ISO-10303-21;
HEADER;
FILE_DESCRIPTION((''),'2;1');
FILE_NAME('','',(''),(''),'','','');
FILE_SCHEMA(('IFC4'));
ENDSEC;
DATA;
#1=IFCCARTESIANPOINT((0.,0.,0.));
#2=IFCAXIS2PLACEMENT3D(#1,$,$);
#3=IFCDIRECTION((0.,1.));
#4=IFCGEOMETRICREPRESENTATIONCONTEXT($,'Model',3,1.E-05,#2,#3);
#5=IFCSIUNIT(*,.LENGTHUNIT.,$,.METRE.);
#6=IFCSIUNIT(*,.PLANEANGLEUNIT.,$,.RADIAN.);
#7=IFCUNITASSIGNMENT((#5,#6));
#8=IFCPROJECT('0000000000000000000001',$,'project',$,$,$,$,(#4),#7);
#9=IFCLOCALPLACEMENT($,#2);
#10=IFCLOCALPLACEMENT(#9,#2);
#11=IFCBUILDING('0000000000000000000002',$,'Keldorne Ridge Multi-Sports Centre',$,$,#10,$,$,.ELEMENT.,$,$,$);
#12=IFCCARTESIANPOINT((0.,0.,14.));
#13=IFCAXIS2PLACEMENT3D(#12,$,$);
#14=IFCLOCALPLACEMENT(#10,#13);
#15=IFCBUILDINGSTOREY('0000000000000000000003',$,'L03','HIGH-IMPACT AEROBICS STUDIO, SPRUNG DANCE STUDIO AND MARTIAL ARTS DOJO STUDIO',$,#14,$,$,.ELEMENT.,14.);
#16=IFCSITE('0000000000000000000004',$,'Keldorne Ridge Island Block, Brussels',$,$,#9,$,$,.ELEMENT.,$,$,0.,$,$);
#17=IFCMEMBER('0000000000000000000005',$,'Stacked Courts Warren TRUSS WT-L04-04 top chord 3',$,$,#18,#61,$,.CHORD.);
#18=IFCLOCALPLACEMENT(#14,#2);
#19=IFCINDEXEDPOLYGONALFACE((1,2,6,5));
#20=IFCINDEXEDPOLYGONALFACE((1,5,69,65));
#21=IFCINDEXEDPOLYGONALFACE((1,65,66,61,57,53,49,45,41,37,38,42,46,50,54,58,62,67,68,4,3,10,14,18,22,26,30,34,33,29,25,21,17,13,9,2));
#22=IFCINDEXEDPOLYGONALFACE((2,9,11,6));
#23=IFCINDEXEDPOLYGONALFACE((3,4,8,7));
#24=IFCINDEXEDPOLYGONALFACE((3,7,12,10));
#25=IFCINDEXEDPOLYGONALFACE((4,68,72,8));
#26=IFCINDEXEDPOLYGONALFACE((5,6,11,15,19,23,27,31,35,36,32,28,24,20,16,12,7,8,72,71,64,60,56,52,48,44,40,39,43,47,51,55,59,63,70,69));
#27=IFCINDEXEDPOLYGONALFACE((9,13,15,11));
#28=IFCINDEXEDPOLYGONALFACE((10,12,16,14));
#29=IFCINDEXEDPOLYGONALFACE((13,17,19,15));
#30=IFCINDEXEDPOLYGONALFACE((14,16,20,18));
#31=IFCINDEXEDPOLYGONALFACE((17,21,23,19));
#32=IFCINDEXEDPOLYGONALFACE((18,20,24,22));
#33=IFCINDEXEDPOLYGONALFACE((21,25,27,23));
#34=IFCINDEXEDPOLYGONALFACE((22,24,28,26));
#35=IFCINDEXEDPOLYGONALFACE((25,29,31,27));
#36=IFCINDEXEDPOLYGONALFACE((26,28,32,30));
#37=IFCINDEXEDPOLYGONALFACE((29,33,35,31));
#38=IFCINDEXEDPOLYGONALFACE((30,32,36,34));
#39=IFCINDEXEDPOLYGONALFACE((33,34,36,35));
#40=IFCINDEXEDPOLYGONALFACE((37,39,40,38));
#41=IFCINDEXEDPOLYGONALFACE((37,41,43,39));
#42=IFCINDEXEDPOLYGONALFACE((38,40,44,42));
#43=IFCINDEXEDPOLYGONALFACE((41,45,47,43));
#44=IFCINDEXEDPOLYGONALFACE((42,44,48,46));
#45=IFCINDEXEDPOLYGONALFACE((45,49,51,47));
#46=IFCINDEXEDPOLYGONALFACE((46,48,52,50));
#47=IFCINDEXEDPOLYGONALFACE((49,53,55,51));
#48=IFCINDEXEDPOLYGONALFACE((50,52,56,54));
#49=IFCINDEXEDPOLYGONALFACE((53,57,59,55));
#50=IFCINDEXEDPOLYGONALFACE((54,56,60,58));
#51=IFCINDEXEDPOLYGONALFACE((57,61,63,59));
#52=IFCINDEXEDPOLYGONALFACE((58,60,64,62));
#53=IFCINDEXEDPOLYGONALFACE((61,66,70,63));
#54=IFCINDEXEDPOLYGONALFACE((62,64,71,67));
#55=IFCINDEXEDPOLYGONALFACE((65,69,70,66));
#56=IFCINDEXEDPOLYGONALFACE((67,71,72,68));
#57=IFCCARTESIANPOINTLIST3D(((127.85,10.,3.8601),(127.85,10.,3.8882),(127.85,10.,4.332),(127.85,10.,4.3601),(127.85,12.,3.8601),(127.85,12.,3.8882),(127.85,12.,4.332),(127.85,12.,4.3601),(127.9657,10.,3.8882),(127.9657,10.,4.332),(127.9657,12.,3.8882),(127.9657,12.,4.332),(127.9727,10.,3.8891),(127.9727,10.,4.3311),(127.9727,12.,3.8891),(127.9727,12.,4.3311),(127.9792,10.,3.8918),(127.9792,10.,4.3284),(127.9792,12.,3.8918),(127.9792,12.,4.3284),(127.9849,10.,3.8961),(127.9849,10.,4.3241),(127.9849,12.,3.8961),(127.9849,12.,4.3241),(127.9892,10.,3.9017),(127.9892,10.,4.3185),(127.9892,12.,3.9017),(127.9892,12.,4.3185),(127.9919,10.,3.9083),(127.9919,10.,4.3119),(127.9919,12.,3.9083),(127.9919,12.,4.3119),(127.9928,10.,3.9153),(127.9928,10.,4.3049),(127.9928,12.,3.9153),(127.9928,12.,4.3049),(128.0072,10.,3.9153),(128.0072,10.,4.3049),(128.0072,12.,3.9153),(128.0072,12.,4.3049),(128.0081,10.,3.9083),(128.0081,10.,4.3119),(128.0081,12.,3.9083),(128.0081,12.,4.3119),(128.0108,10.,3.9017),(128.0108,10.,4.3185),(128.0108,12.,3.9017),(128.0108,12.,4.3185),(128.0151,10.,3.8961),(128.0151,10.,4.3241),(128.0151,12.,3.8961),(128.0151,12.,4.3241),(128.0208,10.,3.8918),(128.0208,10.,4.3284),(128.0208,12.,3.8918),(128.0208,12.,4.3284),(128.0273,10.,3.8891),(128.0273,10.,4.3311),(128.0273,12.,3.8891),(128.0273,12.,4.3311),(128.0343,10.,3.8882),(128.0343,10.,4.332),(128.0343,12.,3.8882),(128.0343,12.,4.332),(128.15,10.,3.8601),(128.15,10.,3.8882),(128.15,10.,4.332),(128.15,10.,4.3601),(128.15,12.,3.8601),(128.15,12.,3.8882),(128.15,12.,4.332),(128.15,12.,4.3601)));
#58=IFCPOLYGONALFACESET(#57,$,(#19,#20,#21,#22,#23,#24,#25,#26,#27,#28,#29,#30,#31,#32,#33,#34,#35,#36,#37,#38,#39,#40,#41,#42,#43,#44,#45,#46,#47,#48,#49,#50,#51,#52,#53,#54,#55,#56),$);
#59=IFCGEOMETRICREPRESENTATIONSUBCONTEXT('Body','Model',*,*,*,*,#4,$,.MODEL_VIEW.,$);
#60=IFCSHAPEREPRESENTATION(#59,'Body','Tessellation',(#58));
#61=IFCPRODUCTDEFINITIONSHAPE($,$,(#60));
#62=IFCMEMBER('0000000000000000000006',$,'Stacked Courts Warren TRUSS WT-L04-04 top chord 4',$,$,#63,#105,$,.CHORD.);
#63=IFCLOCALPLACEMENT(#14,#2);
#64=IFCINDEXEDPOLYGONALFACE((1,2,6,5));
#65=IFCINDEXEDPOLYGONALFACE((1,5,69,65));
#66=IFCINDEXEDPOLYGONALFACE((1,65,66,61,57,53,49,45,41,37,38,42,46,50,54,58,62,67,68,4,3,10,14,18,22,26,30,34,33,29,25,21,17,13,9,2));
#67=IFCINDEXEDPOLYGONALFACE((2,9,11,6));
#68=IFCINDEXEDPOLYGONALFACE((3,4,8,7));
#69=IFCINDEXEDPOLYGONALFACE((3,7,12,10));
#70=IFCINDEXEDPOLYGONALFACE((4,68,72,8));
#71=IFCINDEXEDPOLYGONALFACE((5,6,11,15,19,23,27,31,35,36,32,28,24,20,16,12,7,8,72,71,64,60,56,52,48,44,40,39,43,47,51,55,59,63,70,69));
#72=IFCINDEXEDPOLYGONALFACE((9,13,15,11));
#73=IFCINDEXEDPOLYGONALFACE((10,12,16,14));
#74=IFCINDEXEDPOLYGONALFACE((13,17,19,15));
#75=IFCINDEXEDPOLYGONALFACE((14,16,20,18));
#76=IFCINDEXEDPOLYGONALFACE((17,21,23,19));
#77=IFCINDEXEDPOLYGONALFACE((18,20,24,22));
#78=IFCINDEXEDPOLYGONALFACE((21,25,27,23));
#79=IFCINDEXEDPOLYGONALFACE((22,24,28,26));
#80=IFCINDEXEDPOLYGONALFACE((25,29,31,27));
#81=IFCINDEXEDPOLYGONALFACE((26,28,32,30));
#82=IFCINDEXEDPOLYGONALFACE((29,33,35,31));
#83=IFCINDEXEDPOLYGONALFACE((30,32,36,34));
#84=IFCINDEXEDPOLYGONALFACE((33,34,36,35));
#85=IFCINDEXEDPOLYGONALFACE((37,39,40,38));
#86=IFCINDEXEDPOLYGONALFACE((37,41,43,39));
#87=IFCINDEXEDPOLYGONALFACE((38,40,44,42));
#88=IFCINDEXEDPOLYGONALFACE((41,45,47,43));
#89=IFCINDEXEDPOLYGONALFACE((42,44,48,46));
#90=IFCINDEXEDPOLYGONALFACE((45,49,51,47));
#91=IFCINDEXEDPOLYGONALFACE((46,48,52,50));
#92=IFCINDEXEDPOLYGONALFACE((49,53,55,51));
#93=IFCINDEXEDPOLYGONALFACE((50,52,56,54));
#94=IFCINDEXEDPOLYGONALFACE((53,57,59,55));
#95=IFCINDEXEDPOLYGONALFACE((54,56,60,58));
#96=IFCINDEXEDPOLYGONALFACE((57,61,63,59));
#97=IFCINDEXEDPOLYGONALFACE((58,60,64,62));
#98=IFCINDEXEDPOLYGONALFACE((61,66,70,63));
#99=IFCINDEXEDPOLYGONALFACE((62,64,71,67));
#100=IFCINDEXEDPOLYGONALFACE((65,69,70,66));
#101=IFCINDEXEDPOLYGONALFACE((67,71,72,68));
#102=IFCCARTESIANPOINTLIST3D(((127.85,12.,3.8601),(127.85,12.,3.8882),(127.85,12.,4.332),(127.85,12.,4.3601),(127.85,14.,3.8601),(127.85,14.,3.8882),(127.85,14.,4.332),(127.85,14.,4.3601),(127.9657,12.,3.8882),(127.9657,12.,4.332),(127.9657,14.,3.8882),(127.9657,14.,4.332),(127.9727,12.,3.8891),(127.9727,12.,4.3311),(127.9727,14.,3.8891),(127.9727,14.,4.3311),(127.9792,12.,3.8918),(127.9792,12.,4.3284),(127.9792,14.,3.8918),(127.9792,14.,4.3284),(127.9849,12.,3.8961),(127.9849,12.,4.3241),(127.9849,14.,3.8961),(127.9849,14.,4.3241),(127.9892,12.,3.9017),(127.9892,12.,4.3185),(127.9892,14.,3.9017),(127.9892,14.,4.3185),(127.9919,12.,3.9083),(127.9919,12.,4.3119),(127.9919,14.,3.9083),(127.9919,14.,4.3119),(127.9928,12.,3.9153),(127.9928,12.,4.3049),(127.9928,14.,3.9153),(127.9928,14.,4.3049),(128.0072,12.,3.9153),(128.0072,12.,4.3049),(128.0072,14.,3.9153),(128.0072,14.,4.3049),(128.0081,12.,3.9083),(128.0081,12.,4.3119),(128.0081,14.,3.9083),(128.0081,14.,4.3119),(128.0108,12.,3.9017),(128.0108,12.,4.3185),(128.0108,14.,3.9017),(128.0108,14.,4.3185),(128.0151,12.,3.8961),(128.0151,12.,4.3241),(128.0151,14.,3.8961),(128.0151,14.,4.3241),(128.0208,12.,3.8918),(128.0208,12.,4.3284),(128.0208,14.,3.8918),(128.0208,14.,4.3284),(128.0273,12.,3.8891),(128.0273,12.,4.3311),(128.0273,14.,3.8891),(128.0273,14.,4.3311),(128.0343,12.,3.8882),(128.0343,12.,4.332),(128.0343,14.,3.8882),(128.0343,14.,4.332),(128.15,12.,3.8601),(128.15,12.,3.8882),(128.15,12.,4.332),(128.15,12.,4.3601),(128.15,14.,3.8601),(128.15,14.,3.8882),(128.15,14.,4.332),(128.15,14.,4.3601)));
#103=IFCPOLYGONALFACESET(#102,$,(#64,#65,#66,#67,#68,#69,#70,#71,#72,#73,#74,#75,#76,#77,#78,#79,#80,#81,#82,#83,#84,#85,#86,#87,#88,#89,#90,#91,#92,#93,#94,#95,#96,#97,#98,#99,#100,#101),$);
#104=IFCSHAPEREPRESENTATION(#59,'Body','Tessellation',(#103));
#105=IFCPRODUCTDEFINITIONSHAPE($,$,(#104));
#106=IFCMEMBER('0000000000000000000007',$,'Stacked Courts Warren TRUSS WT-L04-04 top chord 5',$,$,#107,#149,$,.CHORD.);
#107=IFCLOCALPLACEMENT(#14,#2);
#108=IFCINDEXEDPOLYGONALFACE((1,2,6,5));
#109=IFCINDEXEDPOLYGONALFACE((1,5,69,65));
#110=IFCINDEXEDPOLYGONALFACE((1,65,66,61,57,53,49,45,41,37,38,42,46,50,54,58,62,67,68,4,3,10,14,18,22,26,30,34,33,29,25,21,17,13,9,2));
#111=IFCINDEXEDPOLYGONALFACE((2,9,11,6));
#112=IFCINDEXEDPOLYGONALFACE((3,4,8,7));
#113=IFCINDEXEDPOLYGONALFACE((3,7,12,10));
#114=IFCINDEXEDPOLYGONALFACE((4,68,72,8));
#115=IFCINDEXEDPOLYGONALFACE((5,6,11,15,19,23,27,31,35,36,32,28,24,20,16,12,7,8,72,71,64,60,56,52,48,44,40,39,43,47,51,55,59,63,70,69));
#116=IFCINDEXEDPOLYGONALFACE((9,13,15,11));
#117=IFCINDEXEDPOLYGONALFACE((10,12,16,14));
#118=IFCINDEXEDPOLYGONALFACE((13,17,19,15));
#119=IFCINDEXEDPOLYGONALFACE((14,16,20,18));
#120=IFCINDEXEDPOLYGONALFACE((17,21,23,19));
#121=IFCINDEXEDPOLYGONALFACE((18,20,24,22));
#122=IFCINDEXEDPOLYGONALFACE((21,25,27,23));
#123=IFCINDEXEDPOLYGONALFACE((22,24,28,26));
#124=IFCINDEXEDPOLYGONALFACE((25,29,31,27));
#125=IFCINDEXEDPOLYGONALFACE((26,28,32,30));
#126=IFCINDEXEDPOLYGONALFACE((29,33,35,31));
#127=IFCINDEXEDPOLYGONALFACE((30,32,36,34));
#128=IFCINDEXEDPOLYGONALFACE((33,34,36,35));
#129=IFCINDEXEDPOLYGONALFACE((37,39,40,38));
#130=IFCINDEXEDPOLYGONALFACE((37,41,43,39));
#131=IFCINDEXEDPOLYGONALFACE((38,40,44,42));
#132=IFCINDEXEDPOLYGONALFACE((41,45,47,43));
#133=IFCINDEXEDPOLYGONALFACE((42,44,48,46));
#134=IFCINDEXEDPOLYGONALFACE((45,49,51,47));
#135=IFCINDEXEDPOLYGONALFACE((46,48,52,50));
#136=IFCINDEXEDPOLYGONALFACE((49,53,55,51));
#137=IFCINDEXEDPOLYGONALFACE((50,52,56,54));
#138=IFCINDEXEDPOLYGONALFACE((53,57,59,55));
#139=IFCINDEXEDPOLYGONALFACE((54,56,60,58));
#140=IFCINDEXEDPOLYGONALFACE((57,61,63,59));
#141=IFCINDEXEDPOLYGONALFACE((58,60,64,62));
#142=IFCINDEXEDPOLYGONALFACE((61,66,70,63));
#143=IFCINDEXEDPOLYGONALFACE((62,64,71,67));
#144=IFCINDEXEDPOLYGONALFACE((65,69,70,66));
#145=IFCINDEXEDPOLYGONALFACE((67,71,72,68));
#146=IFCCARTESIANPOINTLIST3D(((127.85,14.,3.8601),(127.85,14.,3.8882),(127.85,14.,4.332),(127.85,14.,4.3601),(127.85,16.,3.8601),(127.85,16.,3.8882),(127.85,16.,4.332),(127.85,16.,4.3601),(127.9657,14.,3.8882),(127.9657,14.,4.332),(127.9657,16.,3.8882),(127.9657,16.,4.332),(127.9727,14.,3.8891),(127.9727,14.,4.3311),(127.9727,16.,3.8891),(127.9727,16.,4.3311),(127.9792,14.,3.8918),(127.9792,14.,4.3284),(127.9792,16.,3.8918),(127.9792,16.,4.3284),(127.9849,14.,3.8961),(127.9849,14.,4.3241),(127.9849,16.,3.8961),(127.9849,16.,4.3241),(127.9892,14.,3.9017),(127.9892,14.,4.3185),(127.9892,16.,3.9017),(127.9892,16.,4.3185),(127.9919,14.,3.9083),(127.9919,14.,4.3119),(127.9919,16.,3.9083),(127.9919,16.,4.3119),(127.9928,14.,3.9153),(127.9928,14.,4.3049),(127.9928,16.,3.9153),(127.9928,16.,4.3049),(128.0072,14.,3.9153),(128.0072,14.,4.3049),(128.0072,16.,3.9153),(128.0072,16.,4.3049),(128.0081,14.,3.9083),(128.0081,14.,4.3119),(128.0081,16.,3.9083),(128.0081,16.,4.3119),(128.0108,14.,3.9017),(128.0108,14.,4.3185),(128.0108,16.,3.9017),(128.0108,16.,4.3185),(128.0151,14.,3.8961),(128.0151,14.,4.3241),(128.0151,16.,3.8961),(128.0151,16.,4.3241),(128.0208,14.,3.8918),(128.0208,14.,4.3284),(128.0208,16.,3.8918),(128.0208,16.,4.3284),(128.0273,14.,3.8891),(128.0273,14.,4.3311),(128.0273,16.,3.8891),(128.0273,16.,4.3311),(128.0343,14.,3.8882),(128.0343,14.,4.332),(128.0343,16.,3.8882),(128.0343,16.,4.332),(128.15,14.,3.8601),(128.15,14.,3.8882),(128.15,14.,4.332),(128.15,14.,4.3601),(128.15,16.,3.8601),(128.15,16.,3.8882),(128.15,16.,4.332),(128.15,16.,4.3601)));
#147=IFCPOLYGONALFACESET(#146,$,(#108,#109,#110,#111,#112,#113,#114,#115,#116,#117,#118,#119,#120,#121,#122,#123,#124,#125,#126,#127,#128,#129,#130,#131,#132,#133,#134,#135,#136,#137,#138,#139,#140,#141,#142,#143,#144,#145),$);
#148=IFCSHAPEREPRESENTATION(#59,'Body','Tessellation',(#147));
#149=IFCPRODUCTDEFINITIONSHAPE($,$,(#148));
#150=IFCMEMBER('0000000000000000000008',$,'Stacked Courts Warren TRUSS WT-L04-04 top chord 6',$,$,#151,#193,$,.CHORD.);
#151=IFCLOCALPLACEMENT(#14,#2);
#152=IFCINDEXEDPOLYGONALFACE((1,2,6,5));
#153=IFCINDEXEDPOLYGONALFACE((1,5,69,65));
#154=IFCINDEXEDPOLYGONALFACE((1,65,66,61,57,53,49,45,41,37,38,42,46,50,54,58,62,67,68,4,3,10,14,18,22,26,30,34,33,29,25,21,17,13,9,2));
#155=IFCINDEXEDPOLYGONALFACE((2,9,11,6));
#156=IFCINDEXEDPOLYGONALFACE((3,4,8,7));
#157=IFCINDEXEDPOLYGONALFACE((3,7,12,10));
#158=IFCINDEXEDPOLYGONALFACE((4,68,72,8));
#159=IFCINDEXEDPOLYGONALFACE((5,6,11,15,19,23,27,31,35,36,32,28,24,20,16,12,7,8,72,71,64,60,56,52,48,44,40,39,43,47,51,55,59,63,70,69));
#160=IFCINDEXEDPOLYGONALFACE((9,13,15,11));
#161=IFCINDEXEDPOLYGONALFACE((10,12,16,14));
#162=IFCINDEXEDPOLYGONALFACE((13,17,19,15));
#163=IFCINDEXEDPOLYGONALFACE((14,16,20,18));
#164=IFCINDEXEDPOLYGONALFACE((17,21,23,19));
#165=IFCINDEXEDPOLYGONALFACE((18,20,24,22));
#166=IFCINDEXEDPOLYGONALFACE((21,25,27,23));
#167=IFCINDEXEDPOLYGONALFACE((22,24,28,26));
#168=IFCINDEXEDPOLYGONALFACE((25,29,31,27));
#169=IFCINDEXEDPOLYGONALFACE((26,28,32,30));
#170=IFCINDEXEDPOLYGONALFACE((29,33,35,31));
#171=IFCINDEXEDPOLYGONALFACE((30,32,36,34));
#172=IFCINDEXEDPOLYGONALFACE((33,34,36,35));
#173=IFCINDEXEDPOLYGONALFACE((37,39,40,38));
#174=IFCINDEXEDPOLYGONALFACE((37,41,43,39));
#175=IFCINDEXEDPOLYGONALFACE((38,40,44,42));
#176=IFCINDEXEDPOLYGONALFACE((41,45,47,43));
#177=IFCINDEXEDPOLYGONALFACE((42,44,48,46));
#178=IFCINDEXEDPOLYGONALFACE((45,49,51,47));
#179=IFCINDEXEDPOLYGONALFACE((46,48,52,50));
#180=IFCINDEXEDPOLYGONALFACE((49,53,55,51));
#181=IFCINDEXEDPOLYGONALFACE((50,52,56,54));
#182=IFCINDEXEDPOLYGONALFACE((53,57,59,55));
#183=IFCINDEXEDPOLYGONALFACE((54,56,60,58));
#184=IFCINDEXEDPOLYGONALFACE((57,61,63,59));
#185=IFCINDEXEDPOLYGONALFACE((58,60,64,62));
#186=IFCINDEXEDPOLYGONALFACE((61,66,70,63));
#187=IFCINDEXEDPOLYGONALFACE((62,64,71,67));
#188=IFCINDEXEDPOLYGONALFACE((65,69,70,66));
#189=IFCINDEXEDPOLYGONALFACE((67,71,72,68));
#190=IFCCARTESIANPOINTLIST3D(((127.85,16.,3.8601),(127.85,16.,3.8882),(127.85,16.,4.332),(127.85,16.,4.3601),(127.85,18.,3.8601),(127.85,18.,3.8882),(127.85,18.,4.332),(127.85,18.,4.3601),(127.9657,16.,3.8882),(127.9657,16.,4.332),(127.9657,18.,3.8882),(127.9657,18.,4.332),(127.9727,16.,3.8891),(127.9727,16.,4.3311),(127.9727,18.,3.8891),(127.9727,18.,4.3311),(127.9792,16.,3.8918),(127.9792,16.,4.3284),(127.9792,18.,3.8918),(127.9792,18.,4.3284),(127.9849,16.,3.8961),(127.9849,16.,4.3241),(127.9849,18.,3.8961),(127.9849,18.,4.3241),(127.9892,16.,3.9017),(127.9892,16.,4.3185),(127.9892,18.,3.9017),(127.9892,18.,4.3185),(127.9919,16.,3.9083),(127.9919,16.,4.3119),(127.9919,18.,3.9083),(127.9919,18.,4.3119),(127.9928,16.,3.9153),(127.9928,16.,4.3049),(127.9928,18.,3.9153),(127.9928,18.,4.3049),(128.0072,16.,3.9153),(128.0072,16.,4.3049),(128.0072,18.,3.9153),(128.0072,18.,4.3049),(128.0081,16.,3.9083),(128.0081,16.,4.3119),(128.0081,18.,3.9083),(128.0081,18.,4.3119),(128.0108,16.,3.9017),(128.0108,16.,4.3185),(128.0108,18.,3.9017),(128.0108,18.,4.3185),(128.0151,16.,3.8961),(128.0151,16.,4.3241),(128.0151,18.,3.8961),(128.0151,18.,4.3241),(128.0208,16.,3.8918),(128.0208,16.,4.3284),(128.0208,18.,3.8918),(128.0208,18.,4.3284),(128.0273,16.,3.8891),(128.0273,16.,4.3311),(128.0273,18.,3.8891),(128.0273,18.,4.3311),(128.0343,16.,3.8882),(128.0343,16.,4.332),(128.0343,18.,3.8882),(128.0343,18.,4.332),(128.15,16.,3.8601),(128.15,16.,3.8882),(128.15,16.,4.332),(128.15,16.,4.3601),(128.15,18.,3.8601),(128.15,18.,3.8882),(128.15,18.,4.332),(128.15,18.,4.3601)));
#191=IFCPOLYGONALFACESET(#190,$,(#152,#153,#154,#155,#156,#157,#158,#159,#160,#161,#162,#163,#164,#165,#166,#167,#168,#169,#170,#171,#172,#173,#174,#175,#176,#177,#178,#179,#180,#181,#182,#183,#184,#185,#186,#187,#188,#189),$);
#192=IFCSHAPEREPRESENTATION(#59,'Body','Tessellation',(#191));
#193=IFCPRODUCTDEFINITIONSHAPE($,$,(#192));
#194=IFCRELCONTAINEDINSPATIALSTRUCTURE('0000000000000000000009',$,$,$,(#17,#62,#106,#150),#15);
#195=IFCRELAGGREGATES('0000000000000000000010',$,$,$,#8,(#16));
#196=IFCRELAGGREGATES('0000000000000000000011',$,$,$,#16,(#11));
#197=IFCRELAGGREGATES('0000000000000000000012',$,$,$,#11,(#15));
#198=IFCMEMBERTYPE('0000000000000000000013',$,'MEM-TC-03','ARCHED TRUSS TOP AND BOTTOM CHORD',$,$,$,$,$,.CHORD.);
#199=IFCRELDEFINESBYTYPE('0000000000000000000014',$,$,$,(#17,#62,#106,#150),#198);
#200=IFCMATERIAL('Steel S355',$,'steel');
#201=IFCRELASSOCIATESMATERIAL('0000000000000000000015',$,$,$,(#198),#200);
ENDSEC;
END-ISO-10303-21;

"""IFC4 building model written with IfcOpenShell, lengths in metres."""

from ifc_helpers import new_model, si_unit, direction, frame, origin, origin_2d, place, context, subcontext, project, spatial, i_section, extrude, material, material_profile, profile_set, type_object, element, save


model = new_model("IFC4")

# Units and contexts
model_context = context("Model", 3, precision=1e-05, world=origin(), true_north=direction((0.0, 1.0)))
body_context = subcontext(model_context, "Body", "Model", "MODEL_VIEW")
ifc_project = project(units=[si_unit("LENGTHUNIT", "METRE"), si_unit("PLANEANGLEUNIT", "RADIAN")], contexts=[model_context])

# Site, building, storey
site_placement = place(None, origin())
site = spatial("IfcSite", under=ifc_project, at=site_placement, Name="Keldorne Ridge Island Block, Brussels", CompositionType="ELEMENT", RefElevation=0.0)
building_placement = place(site_placement, origin())
building = spatial("IfcBuilding", under=site, at=building_placement, Name="Keldorne Ridge Multi-Sports Centre", CompositionType="ELEMENT")
storey_placement = place(building_placement, frame((0.0, 0.0, 14.0)))
storey = spatial("IfcBuildingStorey", under=building, at=storey_placement, Name="L03", Description="HIGH-IMPACT AEROBICS STUDIO, SPRUNG DANCE STUDIO AND MARTIAL ARTS DOJO STUDIO", CompositionType="ELEMENT", Elevation=14.0)

# Members
ifc_material = material(Name="Steel S355", Category="steel")
ifc_material_profile_1 = material_profile(ifc_material, i_section(OverallWidth=0.3, OverallDepth=0.5, WebThickness=0.0144, FlangeThickness=0.0281, FilletRadius=0.0271, at=origin_2d()), Name="HEB 500")
ifc_profile_set_1 = profile_set([ifc_material_profile_1], Name="Steel S355")
member_type_1 = type_object("IfcMemberType", Name="MEM-TC-03", Description="ARCHED TRUSS TOP AND BOTTOM CHORD", PredefinedType="CHORD", material=ifc_profile_set_1)
for number, where, z_axis, x_axis, name in (
    (1, (128.0, 10.0, 4.1101), (0.0, 1.0, 0.0), (-1.0, 0.0, 0.0), "Stacked Courts Warren TRUSS WT-L04-04 top chord 3"),
    (2, (128.0, 12.0, 4.1101), (0.0, 1.0, 0.0), (-1.0, 0.0, 0.0), "Stacked Courts Warren TRUSS WT-L04-04 top chord 4"),
    (3, (128.0, 14.0, 4.1101), (0.0, 1.0, 0.0), (-1.0, 0.0, 0.0), "Stacked Courts Warren TRUSS WT-L04-04 top chord 5"),
    (4, (128.0, 16.0, 4.1101), (0.0, 1.0, 0.0), (-1.0, 0.0, 0.0), "Stacked Courts Warren TRUSS WT-L04-04 top chord 6"),
):
    element("IfcMember", number, at=place(storey_placement, frame(where, z_axis=z_axis, x_axis=x_axis)), inside=storey, type_object=member_type_1, Name=name, PredefinedType="CHORD", context=body_context, shape_type="SweptSolid", body=[
        extrude(i_section(OverallWidth=0.3, OverallDepth=0.5, WebThickness=0.0144, FlangeThickness=0.0281, FilletRadius=0.0271, at=origin_2d()), origin(), (0.0, 0.0, 1.0), 2.0),
    ])

save(model, "model.ifc")
